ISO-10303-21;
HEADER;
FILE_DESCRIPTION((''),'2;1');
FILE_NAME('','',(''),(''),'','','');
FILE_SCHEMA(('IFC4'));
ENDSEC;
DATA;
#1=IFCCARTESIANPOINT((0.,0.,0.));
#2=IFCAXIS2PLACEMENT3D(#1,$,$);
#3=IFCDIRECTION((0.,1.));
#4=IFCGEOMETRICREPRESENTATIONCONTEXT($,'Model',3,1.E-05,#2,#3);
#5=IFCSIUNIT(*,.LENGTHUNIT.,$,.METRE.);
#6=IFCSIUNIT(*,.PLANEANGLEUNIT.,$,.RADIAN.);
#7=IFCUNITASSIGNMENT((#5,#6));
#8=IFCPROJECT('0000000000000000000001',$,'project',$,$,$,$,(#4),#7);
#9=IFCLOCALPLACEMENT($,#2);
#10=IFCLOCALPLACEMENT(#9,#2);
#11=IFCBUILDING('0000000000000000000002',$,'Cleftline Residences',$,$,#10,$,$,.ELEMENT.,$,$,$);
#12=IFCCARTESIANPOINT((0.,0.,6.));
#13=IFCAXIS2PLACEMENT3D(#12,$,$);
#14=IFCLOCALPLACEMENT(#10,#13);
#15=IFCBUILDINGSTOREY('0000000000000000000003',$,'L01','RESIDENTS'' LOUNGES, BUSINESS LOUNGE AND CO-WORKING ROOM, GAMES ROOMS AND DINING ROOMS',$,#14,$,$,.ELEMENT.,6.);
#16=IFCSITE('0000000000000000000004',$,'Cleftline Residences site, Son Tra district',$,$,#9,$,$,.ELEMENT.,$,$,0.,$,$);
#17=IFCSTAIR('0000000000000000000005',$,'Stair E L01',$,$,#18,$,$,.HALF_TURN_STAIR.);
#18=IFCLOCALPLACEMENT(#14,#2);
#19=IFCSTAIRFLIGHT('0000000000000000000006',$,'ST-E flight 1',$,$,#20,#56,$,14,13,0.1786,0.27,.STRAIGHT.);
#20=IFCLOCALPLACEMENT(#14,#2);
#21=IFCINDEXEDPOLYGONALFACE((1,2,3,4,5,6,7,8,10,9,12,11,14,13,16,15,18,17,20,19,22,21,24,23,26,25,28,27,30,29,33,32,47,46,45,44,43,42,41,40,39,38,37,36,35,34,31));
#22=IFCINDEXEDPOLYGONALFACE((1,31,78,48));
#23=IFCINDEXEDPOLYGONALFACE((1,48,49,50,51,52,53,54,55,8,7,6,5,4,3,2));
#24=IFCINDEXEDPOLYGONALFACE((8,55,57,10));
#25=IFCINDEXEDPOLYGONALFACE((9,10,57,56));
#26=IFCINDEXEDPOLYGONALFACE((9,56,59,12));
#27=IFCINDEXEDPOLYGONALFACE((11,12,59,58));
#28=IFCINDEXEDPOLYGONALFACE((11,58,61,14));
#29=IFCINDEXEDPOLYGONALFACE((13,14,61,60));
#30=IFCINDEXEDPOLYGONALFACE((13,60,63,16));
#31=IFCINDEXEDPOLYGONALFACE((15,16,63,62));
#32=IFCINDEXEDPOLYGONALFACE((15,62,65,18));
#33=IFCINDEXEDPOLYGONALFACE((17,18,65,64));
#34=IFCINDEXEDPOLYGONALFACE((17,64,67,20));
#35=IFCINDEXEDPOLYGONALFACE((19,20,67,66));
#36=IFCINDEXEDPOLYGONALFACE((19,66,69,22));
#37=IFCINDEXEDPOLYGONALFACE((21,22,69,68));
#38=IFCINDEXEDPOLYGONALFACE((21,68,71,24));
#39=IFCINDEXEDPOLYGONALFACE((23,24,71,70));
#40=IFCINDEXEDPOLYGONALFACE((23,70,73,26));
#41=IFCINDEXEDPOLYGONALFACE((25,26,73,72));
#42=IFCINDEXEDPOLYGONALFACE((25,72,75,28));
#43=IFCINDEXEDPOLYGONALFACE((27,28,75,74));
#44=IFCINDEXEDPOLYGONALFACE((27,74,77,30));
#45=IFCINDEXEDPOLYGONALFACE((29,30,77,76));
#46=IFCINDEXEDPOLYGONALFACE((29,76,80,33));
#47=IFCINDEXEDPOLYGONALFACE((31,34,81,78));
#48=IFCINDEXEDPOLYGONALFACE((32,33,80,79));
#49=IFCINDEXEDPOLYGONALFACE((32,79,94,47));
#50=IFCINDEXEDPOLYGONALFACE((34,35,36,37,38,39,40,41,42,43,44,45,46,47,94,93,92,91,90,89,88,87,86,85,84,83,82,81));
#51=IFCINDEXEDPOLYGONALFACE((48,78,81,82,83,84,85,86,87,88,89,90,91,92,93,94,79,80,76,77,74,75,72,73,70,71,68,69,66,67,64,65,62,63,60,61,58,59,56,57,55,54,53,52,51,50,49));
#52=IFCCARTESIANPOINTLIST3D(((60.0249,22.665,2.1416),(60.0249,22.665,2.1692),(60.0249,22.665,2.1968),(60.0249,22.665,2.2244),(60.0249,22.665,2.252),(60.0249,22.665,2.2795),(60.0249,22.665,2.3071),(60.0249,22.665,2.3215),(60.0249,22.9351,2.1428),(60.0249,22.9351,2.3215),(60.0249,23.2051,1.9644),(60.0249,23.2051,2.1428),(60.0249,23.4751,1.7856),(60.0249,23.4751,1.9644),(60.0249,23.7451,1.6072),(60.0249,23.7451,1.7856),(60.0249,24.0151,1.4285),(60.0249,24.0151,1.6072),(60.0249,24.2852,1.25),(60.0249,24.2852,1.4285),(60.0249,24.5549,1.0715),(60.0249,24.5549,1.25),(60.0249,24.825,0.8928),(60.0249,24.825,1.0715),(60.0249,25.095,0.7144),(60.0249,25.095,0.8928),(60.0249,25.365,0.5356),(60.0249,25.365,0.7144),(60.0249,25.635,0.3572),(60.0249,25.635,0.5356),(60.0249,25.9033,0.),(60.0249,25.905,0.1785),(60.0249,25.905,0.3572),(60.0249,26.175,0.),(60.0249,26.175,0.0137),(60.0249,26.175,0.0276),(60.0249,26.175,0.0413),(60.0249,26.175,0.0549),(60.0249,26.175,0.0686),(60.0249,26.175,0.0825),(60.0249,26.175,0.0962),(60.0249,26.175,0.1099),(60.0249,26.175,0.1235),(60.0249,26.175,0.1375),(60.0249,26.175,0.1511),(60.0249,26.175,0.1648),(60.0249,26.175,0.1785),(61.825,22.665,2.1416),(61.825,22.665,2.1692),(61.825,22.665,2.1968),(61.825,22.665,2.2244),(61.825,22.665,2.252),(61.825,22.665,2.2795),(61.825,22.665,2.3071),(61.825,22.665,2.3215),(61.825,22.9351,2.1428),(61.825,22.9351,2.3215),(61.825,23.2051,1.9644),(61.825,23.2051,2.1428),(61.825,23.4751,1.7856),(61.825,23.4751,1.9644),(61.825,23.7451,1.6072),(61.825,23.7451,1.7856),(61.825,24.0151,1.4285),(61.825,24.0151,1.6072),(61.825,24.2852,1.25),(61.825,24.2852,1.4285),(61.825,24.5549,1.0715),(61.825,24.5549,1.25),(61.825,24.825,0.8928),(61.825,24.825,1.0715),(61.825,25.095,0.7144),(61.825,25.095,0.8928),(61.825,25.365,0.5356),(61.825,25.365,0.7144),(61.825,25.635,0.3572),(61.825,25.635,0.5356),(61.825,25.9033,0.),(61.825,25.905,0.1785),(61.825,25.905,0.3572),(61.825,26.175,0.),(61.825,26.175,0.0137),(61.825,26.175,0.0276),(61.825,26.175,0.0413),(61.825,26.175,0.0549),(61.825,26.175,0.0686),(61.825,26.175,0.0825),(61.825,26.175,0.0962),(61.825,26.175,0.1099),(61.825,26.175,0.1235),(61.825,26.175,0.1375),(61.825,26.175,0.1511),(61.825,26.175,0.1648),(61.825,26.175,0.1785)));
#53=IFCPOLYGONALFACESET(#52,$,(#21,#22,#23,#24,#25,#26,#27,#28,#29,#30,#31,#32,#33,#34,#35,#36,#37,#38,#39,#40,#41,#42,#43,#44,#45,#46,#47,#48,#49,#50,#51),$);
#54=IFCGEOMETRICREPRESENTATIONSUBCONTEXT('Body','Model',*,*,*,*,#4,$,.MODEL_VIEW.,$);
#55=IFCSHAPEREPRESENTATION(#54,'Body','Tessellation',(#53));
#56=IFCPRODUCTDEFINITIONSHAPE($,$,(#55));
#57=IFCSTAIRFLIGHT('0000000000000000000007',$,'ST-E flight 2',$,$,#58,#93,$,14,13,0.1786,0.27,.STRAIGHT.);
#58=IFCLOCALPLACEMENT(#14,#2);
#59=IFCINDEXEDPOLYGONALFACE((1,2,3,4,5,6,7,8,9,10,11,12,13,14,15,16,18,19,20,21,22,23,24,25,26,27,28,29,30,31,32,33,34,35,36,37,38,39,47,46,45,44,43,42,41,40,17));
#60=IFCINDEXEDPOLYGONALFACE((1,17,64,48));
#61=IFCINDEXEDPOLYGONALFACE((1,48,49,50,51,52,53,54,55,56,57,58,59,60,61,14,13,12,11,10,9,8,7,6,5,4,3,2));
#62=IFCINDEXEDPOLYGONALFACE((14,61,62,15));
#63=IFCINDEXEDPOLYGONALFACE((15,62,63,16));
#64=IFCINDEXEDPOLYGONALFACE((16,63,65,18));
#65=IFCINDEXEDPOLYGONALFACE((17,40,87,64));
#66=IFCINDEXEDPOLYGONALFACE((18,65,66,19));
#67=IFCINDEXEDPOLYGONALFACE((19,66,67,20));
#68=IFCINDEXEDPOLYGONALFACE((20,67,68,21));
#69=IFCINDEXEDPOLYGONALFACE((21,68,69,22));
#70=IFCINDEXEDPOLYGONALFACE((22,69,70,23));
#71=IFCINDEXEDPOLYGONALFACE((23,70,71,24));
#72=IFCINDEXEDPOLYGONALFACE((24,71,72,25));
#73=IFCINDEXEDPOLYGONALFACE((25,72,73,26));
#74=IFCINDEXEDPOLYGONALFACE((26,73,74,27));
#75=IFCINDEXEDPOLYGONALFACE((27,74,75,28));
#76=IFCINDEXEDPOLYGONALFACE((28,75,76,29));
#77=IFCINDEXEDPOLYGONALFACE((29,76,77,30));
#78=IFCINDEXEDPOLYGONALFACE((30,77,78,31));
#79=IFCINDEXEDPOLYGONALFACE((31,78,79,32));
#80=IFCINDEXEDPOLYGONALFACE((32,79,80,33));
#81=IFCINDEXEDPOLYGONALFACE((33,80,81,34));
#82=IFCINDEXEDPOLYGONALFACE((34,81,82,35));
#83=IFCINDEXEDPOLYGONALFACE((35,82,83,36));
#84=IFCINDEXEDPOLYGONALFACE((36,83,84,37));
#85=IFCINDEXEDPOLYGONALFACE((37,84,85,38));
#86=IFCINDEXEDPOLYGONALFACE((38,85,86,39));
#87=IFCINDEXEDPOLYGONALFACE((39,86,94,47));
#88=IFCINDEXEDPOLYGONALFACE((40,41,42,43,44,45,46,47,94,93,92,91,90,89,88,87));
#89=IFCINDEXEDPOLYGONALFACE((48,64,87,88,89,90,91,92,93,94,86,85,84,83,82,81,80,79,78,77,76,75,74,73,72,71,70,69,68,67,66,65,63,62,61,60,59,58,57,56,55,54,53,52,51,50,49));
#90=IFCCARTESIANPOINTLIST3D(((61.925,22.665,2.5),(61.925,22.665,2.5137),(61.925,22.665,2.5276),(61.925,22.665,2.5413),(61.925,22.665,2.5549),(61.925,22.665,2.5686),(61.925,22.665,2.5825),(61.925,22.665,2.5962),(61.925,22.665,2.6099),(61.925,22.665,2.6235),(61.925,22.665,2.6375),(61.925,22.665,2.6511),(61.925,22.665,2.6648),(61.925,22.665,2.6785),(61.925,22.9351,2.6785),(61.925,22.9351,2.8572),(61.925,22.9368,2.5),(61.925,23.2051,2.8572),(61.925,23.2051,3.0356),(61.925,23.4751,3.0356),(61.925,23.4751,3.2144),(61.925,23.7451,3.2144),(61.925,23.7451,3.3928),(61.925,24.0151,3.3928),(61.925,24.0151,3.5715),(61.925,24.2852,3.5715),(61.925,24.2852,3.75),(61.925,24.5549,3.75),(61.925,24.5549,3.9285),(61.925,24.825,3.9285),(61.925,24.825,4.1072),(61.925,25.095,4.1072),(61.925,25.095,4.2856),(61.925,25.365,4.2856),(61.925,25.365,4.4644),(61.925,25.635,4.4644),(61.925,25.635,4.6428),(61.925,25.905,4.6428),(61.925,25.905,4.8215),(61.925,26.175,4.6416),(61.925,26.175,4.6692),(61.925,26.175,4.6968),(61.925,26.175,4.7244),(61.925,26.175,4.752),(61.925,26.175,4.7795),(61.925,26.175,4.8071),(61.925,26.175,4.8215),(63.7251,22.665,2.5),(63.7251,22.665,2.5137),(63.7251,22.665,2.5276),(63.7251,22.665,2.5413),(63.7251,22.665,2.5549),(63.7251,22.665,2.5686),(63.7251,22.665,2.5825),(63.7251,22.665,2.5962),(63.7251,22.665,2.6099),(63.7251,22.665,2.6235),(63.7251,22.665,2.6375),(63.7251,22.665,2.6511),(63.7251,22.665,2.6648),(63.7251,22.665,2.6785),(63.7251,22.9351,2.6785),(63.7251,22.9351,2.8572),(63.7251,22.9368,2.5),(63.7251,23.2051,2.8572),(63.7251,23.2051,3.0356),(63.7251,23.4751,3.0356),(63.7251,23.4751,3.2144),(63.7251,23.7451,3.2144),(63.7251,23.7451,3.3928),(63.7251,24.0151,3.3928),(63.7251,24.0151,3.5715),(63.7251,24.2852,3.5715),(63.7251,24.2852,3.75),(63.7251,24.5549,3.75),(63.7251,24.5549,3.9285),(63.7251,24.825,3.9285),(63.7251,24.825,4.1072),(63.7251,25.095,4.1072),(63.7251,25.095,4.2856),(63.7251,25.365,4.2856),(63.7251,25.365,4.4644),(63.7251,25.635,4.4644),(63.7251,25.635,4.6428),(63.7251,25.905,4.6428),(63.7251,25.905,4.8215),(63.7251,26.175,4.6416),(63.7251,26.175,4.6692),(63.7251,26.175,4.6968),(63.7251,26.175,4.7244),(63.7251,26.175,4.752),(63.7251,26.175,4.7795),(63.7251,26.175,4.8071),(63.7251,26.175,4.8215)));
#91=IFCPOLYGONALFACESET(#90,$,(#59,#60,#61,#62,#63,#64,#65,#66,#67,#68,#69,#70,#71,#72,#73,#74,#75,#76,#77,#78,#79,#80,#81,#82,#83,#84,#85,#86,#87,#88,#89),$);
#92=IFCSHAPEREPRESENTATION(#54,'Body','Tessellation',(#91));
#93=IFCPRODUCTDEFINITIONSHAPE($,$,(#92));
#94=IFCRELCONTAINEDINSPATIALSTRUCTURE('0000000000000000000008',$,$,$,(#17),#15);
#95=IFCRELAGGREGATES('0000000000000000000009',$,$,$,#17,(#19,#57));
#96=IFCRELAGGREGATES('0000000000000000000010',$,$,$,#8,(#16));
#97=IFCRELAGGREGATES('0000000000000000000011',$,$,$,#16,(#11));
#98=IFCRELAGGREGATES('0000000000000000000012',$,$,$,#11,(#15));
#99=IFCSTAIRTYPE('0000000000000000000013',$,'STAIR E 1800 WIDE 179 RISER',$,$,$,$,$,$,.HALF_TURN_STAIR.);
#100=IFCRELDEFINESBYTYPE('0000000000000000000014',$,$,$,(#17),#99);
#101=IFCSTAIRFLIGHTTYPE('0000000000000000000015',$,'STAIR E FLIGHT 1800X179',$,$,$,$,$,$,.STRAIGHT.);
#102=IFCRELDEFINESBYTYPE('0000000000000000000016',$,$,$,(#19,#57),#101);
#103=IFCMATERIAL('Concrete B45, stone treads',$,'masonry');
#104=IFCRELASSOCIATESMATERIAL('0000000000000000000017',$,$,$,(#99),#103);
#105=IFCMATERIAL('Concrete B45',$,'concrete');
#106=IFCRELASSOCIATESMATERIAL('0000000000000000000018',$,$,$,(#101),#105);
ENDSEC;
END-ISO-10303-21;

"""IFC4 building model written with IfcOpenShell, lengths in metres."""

from ifc_helpers import new_model, si_unit, direction, frame, origin, place, context, subcontext, project, spatial, polyline, outline, extrude, material, type_object, element, aggregate, save


model = new_model("IFC4")

# Units and contexts
model_context = context("Model", 3, precision=1e-05, world=origin(), true_north=direction((0.0, 1.0)))
body_context = subcontext(model_context, "Body", "Model", "MODEL_VIEW")
ifc_project = project(units=[si_unit("LENGTHUNIT", "METRE"), si_unit("PLANEANGLEUNIT", "RADIAN")], contexts=[model_context])

# Site, building, storey
site_placement = place(None, origin())
site = spatial("IfcSite", under=ifc_project, at=site_placement, Name="Cleftline Residences site, Son Tra district", CompositionType="ELEMENT", RefElevation=0.0)
building_placement = place(site_placement, origin())
building = spatial("IfcBuilding", under=site, at=building_placement, Name="Cleftline Residences", CompositionType="ELEMENT")
storey_placement = place(building_placement, frame((0.0, 0.0, 6.0)))
storey = spatial("IfcBuildingStorey", under=building, at=storey_placement, Name="L01", Description="RESIDENTS' LOUNGES, BUSINESS LOUNGE AND CO-WORKING ROOM, GAMES ROOMS AND DINING ROOMS", CompositionType="ELEMENT", Elevation=6.0)

# Stair, stair flights
ifc_material_1 = material(Name="Concrete B45, stone treads", Category="masonry")
stair_type = type_object("IfcStairType", Name="STAIR E 1800 WIDE 179 RISER", PredefinedType="HALF_TURN_STAIR", material=ifc_material_1)
stair_placement = place(storey_placement, origin())
stair = element("IfcStair", 1, at=stair_placement, inside=storey, type_object=stair_type, Name="Stair E L01", PredefinedType="HALF_TURN_STAIR")
ifc_material_2 = material(Name="Concrete B45", Category="concrete")
stair_flight_type = type_object("IfcStairFlightType", Name="STAIR E FLIGHT 1800X179", PredefinedType="STRAIGHT", material=ifc_material_2)
stair_flight_1_placement = place(storey_placement, frame((60.925, 26.175, 0.0), z_axis=(0.0, 0.0, 1.0), x_axis=(0.0, -1.0, 0.0)))
stair_flight_1 = element("IfcStairFlight", 2, at=stair_flight_1_placement, type_object=stair_flight_type, Name="ST-E flight 1", NumberOfRisers=14, NumberOfTreads=13, PredefinedType="STRAIGHT", RiserHeight=0.1786, TreadLength=0.27, context=body_context, shape_type="SweptSolid", body=[
    extrude(outline(polyline([(0.0, 0.0), (0.0, 0.0137), (0.0, 0.0276), (0.0, 0.0413), (0.0, 0.0549), (0.0, 0.0686), (0.0, 0.0825), (0.0, 0.0962), (0.0, 0.1099), (0.0, 0.1235), (0.0, 0.1375), (0.0, 0.1511), (0.0, 0.1648), (0.0, 0.1785), (0.27, 0.1785), (0.27, 0.3572), (0.54, 0.3572), (0.54, 0.5356), (0.8101, 0.5356), (0.8101, 0.7144), (1.0801, 0.7144), (1.0801, 0.8928), (1.3501, 0.8928), (1.3501, 1.0715), (1.6201, 1.0715), (1.6201, 1.25), (1.8899, 1.25), (1.8899, 1.4285), (2.1599, 1.4285), (2.1599, 1.6072), (2.4299, 1.6072), (2.4299, 1.7856), (2.7, 1.7856), (2.7, 1.9644), (2.97, 1.9644), (2.97, 2.1428), (3.24, 2.1428), (3.24, 2.3215), (3.51, 2.3215), (3.51, 2.5), (3.51, 2.4724), (3.51, 2.4448), (3.51, 2.4172), (3.51, 2.3896), (3.51, 2.3623), (3.51, 2.3347), (3.51, 2.3071), (3.51, 2.2795), (3.51, 2.252), (3.51, 2.2244), (3.51, 2.1968), (3.51, 2.1692), (3.51, 2.1416), (0.2717, 0.0), (0.0, 0.0)])), frame((0.0, 0.8999, 0.0), z_axis=(0.0, -1.0, 0.0), x_axis=(1.0, 0.0, 0.0)), (0.0, 0.0, 1.0), 1.8),
])
stair_flight_2_placement = place(storey_placement, frame((62.825, 22.665, 2.5), z_axis=(0.0, 0.0, 1.0), x_axis=(0.0, 1.0, 0.0)))
stair_flight_2 = element("IfcStairFlight", 3, at=stair_flight_2_placement, type_object=stair_flight_type, Name="ST-E flight 2", NumberOfRisers=14, NumberOfTreads=13, PredefinedType="STRAIGHT", RiserHeight=0.1786, TreadLength=0.27, context=body_context, shape_type="SweptSolid", body=[
    extrude(outline(polyline([(0.0, 0.0), (0.0, 0.0137), (0.0, 0.0276), (0.0, 0.0413), (0.0, 0.0549), (0.0, 0.0686), (0.0, 0.0825), (0.0, 0.0962), (0.0, 0.1099), (0.0, 0.1235), (0.0, 0.1375), (0.0, 0.1511), (0.0, 0.1648), (0.0, 0.1785), (0.27, 0.1785), (0.27, 0.3572), (0.54, 0.3572), (0.54, 0.5356), (0.8101, 0.5356), (0.8101, 0.7144), (1.0801, 0.7144), (1.0801, 0.8928), (1.3501, 0.8928), (1.3501, 1.0715), (1.6201, 1.0715), (1.6201, 1.25), (1.8899, 1.25), (1.8899, 1.4285), (2.1599, 1.4285), (2.1599, 1.6072), (2.4299, 1.6072), (2.4299, 1.7856), (2.7, 1.7856), (2.7, 1.9644), (2.97, 1.9644), (2.97, 2.1428), (3.24, 2.1428), (3.24, 2.3215), (3.51, 2.3215), (3.51, 2.5), (3.51, 2.4724), (3.51, 2.4448), (3.51, 2.4172), (3.51, 2.3896), (3.51, 2.3623), (3.51, 2.3347), (3.51, 2.3071), (3.51, 2.2795), (3.51, 2.252), (3.51, 2.2244), (3.51, 2.1968), (3.51, 2.1692), (3.51, 2.1416), (0.2717, 0.0), (0.0, 0.0)])), frame((0.0, 0.8999, 0.0), z_axis=(0.0, -1.0, 0.0), x_axis=(1.0, 0.0, 0.0)), (0.0, 0.0, 1.0), 1.8),
])
aggregate(stair, [stair_flight_1, stair_flight_2])

save(model, "model.ifc")
